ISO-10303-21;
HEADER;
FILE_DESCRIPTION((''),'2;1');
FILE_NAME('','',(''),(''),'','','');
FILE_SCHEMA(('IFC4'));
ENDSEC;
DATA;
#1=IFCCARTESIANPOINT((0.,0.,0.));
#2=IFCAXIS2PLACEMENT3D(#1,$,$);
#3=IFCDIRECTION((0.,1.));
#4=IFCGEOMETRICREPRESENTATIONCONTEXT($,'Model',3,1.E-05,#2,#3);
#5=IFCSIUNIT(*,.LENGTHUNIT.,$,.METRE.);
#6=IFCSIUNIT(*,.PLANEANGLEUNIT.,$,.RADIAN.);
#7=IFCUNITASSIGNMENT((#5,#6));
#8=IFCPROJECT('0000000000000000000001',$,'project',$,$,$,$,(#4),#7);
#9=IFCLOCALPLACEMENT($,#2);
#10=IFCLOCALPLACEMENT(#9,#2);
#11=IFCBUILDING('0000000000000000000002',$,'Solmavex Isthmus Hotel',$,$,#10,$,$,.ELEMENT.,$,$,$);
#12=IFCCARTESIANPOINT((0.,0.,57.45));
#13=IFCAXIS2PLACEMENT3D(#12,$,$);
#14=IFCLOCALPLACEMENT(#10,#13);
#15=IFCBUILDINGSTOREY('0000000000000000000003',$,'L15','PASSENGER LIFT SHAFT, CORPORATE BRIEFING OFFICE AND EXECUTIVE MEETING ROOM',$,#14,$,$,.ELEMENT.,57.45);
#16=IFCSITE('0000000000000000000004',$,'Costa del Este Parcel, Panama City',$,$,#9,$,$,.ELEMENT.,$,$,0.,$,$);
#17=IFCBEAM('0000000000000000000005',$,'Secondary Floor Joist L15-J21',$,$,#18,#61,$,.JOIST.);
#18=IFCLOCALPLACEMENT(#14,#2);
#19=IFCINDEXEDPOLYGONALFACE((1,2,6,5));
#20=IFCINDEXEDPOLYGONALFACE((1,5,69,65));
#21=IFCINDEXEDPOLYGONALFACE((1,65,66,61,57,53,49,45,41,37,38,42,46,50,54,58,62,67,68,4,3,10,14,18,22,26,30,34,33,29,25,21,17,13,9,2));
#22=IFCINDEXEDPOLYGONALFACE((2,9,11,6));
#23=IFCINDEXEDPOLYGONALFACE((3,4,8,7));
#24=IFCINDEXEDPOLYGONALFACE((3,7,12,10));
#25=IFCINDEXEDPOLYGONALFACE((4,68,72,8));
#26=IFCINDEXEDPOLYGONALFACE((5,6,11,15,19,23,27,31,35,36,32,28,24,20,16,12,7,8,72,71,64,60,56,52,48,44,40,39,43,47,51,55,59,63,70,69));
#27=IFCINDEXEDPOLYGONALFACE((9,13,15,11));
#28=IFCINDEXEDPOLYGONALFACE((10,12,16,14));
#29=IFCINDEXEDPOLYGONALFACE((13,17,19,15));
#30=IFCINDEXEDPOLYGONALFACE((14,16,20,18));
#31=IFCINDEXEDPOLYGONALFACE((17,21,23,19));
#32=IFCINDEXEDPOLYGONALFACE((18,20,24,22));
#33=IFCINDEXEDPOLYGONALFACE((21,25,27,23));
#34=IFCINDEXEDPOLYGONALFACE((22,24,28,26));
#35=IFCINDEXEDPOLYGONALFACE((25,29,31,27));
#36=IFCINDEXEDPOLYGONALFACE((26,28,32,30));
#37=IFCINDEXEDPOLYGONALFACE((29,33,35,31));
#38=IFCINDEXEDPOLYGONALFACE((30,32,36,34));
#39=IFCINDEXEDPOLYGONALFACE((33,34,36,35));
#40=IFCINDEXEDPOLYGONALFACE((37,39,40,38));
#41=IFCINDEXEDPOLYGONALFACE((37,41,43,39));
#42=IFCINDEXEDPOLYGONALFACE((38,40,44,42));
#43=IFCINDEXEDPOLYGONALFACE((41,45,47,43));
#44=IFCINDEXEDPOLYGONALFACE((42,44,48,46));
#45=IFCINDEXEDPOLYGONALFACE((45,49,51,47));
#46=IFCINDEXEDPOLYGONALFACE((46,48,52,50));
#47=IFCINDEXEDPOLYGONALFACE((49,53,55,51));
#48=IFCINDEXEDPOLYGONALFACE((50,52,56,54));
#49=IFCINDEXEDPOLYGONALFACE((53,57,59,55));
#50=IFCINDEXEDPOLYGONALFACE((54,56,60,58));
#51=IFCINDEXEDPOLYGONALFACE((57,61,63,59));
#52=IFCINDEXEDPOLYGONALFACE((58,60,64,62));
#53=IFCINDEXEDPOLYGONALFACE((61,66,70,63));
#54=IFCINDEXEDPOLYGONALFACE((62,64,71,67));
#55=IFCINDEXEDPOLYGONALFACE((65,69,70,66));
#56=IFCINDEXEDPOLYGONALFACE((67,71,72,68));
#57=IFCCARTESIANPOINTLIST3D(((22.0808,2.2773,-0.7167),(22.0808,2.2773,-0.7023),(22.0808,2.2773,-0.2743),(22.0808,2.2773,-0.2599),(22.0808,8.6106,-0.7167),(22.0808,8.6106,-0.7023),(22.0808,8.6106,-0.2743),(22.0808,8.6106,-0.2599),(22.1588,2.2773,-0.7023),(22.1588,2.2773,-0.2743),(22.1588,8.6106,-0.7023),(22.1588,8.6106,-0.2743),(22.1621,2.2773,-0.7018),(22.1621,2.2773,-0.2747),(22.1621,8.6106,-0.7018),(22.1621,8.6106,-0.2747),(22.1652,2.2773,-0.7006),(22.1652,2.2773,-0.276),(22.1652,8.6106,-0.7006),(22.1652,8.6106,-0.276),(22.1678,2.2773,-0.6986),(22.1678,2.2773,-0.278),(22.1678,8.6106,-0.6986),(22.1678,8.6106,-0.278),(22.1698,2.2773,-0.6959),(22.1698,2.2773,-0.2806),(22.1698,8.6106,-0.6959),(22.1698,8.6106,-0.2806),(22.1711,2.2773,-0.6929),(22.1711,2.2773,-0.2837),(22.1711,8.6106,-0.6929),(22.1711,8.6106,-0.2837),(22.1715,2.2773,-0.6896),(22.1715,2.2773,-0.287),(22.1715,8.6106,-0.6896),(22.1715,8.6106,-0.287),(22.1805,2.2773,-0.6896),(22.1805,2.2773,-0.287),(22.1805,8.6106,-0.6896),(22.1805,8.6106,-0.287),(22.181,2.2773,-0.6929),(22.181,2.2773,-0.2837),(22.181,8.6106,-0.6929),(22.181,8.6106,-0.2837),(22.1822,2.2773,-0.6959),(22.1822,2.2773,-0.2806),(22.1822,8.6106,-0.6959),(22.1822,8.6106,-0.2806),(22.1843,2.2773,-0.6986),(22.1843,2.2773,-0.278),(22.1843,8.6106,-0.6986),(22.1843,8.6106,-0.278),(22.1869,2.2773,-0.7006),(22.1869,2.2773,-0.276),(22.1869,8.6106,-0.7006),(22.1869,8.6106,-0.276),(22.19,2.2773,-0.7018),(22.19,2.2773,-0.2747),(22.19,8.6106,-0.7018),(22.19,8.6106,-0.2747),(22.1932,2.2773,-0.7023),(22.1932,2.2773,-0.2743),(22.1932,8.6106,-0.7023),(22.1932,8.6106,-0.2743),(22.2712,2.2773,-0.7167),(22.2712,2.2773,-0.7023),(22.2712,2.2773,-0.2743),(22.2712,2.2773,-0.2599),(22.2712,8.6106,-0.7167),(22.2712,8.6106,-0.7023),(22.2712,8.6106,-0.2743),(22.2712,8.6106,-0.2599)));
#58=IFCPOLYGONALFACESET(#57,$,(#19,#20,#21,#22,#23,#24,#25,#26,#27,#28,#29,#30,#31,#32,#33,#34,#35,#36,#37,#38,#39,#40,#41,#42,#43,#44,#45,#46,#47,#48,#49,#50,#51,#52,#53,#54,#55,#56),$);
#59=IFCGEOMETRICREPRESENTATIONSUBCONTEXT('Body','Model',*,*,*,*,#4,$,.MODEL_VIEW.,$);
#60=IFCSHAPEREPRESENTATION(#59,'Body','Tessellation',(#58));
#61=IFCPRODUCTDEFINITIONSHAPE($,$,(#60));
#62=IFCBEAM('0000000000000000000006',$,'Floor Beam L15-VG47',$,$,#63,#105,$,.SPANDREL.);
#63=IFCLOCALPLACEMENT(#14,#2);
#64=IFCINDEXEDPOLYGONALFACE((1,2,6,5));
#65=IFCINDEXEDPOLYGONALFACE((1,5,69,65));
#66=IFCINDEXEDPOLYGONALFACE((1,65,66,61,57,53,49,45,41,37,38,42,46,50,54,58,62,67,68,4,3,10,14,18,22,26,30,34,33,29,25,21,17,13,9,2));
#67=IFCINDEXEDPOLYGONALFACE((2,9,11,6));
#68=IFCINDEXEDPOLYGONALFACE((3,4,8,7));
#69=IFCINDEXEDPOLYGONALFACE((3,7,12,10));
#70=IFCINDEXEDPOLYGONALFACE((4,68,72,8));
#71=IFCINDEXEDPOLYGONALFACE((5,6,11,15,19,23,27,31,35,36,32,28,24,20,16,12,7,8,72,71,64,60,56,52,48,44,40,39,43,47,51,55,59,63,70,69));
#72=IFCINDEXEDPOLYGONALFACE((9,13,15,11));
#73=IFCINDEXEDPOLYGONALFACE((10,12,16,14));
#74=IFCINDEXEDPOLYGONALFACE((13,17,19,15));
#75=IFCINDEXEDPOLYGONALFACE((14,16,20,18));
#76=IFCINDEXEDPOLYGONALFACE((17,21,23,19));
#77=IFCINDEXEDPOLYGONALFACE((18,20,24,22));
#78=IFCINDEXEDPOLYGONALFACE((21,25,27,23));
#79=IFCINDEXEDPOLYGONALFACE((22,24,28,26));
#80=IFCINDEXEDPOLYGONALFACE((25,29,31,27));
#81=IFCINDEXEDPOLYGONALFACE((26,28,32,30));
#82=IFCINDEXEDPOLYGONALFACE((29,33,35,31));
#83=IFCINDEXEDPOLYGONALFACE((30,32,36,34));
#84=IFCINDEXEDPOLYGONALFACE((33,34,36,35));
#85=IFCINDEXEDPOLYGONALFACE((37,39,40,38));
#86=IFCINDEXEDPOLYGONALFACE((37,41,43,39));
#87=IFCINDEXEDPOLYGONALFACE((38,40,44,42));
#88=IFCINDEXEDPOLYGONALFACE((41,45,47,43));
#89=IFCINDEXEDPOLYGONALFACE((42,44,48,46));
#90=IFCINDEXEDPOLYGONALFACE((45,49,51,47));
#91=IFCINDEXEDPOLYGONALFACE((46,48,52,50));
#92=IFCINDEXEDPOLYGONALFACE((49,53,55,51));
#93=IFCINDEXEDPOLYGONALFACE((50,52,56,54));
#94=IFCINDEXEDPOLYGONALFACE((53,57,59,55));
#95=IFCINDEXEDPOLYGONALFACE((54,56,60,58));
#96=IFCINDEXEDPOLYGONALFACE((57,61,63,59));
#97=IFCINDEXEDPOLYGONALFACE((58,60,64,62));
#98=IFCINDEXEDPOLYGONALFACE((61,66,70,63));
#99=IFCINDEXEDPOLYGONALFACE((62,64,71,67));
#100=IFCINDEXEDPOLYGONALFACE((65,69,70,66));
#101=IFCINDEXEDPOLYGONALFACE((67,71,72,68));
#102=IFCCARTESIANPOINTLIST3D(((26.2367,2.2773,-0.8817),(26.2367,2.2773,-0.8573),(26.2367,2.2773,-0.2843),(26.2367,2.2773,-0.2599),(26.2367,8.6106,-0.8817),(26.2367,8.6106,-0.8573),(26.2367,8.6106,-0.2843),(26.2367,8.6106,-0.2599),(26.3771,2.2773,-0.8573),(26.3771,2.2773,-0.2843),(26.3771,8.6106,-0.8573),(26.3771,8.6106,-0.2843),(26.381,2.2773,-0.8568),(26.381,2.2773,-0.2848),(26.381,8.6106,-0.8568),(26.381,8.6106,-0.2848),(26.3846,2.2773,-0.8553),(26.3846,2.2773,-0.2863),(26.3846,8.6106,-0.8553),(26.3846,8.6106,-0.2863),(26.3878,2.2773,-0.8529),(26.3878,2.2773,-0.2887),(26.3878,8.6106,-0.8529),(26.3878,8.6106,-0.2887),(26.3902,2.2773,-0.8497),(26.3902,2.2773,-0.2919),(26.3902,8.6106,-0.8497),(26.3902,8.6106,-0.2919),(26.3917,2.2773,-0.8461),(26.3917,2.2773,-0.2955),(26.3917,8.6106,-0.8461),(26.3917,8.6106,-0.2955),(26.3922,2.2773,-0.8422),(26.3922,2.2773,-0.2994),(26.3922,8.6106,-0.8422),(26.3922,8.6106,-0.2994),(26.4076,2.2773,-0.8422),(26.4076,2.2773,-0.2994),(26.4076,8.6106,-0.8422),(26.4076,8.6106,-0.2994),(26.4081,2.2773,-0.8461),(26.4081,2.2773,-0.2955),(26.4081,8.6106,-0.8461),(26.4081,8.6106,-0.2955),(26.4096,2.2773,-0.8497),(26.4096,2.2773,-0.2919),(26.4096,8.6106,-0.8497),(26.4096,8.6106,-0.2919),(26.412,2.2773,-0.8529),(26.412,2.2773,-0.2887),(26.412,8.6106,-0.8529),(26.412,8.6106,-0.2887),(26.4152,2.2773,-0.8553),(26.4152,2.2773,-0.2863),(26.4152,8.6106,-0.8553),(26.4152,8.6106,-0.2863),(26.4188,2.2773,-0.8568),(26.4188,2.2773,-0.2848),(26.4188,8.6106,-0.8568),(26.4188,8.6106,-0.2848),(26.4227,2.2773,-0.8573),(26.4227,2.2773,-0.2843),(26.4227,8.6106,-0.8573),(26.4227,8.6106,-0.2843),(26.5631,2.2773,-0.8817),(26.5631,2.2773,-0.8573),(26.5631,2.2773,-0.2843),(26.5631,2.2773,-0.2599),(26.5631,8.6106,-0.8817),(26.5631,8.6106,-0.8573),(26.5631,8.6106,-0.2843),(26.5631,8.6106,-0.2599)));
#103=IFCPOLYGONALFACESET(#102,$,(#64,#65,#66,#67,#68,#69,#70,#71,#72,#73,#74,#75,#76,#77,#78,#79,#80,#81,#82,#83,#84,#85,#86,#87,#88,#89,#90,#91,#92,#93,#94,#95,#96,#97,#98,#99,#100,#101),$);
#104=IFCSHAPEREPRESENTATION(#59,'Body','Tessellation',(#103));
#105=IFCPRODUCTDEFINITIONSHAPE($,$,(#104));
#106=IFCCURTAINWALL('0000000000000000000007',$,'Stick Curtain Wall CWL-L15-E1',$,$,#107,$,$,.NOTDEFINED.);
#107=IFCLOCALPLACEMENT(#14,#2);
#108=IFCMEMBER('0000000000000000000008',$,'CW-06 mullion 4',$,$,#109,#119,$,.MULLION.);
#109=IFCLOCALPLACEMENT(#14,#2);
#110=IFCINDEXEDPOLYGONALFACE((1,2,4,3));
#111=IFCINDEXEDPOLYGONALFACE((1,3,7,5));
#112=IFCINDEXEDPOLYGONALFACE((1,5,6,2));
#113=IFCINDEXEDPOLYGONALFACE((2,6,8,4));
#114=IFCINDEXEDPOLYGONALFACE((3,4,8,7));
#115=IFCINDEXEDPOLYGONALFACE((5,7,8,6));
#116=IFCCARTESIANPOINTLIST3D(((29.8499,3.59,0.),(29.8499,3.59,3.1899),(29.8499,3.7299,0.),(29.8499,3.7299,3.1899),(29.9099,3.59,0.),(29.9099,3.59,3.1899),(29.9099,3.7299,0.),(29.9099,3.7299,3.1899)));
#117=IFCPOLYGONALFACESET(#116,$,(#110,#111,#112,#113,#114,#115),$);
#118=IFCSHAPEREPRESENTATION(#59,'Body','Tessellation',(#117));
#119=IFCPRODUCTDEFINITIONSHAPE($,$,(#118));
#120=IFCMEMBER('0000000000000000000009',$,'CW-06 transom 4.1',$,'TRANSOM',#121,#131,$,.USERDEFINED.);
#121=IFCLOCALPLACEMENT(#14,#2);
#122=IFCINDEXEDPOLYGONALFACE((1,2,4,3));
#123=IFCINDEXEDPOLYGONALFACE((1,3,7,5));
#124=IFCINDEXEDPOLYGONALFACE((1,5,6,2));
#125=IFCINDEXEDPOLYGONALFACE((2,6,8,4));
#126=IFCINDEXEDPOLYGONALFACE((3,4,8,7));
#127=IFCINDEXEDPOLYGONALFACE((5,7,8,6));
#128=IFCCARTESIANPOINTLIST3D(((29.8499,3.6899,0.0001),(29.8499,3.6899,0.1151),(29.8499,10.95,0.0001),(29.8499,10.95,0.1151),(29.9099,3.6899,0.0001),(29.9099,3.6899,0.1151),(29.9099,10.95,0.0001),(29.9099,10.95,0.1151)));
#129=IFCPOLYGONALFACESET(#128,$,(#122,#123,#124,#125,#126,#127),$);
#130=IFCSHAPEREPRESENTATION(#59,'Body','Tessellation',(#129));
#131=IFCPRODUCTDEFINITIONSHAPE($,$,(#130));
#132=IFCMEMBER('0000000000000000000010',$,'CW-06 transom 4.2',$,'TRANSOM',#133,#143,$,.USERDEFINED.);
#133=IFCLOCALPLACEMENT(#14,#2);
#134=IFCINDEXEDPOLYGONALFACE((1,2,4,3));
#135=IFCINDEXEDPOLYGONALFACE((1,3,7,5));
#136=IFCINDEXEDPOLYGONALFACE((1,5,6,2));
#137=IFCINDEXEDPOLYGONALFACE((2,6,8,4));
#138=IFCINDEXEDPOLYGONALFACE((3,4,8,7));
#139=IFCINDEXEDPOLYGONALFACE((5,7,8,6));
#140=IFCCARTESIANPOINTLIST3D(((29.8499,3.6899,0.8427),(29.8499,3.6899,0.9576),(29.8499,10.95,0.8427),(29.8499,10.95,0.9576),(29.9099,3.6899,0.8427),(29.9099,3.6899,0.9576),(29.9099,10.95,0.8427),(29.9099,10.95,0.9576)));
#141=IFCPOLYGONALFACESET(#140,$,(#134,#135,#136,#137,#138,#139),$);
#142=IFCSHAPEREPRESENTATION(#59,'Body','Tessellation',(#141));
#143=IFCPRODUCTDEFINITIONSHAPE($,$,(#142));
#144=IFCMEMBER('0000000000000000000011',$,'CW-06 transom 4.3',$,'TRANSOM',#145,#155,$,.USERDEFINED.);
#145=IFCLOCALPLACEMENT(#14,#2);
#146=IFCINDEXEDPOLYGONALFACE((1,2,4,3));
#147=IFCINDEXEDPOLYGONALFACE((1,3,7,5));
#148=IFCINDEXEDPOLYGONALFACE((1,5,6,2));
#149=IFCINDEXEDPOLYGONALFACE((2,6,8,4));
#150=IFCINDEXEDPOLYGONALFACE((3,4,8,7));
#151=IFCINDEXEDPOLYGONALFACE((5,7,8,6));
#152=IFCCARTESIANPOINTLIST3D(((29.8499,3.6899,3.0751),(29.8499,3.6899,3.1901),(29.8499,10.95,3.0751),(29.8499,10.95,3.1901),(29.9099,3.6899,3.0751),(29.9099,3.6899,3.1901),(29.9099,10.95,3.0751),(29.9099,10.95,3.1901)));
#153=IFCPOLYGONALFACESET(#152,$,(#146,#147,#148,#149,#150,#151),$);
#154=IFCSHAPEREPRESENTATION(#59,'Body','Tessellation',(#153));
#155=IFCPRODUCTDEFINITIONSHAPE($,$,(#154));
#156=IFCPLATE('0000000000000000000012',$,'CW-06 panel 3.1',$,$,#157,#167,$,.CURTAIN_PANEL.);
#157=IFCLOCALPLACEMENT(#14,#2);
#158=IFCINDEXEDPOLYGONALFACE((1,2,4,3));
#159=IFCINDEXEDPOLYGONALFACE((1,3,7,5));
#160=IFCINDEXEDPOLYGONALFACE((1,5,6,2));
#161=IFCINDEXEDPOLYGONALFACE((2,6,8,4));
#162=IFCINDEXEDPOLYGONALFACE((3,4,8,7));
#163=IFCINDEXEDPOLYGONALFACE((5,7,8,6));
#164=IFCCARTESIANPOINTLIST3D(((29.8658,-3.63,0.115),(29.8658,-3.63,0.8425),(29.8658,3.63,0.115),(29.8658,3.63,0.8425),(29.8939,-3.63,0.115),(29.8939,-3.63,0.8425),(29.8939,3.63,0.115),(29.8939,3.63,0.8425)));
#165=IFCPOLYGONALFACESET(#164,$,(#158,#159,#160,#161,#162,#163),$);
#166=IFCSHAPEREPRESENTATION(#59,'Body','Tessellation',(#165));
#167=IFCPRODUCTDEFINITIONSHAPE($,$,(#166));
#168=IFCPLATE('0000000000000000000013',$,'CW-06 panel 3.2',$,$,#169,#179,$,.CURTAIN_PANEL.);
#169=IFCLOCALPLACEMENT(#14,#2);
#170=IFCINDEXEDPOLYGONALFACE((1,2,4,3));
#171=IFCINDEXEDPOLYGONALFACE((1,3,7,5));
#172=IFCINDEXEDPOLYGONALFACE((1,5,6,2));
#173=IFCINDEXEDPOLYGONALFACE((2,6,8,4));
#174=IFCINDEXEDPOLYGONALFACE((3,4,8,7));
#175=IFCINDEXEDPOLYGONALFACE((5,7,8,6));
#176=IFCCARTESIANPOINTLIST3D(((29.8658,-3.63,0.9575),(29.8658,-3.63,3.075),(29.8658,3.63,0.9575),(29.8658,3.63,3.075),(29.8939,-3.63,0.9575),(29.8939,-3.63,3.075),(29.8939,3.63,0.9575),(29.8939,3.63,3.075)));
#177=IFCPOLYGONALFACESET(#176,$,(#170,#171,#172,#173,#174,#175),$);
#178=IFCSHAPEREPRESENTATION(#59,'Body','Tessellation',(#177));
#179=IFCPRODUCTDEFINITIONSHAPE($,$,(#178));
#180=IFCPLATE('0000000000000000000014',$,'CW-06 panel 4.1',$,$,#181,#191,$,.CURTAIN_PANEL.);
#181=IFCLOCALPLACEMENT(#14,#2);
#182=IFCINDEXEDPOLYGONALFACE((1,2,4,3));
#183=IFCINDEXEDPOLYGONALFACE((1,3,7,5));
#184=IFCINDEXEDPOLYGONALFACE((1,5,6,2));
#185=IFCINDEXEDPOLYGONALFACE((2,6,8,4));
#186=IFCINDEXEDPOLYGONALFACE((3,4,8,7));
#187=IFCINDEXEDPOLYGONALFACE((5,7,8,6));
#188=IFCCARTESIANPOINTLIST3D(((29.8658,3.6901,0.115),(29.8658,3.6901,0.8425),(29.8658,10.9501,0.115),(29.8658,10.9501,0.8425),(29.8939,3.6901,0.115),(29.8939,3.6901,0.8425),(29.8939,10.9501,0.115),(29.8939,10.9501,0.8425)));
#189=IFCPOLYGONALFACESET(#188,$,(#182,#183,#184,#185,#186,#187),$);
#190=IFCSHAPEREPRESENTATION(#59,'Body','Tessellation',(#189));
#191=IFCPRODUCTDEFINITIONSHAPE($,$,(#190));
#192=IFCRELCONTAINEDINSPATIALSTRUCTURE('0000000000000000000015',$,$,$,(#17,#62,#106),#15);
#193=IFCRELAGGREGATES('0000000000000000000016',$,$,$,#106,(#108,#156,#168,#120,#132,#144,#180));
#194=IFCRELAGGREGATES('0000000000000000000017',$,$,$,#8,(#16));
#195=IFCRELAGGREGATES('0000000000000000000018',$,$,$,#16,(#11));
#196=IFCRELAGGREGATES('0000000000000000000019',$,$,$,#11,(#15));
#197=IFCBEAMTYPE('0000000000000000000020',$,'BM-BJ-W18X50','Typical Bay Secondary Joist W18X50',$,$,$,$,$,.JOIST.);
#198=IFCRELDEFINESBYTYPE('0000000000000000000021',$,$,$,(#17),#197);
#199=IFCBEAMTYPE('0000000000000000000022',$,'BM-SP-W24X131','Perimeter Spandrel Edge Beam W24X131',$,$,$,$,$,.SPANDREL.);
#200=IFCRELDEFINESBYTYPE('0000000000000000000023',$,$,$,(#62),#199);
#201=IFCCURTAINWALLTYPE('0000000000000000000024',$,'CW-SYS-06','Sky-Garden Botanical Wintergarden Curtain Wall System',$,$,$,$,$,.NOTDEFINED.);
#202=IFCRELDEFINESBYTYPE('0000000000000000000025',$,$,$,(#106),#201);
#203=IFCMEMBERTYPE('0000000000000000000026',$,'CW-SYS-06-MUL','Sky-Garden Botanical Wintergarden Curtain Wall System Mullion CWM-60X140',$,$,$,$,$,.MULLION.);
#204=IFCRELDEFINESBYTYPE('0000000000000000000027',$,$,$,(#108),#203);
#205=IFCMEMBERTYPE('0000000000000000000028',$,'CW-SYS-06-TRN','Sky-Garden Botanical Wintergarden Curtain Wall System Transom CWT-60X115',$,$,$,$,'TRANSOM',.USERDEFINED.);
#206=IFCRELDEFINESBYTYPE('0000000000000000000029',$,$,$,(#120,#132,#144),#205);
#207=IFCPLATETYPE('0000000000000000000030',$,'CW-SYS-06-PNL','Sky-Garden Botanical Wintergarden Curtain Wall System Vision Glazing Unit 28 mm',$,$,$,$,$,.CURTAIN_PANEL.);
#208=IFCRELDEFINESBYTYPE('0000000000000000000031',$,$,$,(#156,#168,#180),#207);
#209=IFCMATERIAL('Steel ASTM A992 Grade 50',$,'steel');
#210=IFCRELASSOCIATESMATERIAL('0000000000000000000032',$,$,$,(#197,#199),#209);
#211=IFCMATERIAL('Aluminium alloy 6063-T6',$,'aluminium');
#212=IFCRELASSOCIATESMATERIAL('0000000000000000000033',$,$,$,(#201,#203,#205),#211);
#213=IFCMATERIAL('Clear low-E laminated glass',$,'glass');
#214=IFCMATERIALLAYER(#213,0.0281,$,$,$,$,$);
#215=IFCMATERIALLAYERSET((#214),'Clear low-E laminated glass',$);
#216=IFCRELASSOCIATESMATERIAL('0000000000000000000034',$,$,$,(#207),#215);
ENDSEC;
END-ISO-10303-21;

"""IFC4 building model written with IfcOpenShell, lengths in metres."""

from ifc_helpers import new_model, si_unit, direction, frame, origin, origin_2d, place, context, subcontext, project, spatial, rectangle, i_section, extrude, material, layer, layer_set, material_profile, profile_set, type_object, element, aggregate, save


model = new_model("IFC4")

# Units and contexts
model_context = context("Model", 3, precision=1e-05, world=origin(), true_north=direction((0.0, 1.0)))
body_context = subcontext(model_context, "Body", "Model", "MODEL_VIEW")
ifc_project = project(units=[si_unit("LENGTHUNIT", "METRE"), si_unit("PLANEANGLEUNIT", "RADIAN")], contexts=[model_context])

# Site, building, storey
site_placement = place(None, origin())
site = spatial("IfcSite", under=ifc_project, at=site_placement, Name="Costa del Este Parcel, Panama City", CompositionType="ELEMENT", RefElevation=0.0)
building_placement = place(site_placement, origin())
building = spatial("IfcBuilding", under=site, at=building_placement, Name="Solmavex Isthmus Hotel", CompositionType="ELEMENT")
storey_placement = place(building_placement, frame((0.0, 0.0, 57.45)))
storey = spatial("IfcBuildingStorey", under=building, at=storey_placement, Name="L15", Description="PASSENGER LIFT SHAFT, CORPORATE BRIEFING OFFICE AND EXECUTIVE MEETING ROOM", CompositionType="ELEMENT", Elevation=57.45)

# Beams
ifc_material_1 = material(Name="Steel ASTM A992 Grade 50", Category="steel")
ifc_material_profile_1 = material_profile(ifc_material_1, i_section(OverallWidth=0.1904, OverallDepth=0.4568, WebThickness=0.009, FlangeThickness=0.0144, FilletRadius=0.0127, at=origin_2d()), Name="W18X50")
ifc_profile_set_1 = profile_set([ifc_material_profile_1], Name="Steel ASTM A992 Grade 50")
beam_type_1 = type_object("IfcBeamType", Name="BM-BJ-W18X50", Description="Typical Bay Secondary Joist W18X50", PredefinedType="JOIST", material=ifc_profile_set_1)
beam_1_placement = place(storey_placement, frame((22.176, 2.2773, -0.4883), z_axis=(0.0, 1.0, 0.0), x_axis=(-1.0, 0.0, 0.0)))
element("IfcBeam", 1, at=beam_1_placement, inside=storey, type_object=beam_type_1, Name="Secondary Floor Joist L15-J21", PredefinedType="JOIST", context=body_context, shape_type="SweptSolid", body=[
    extrude(i_section(OverallWidth=0.1904, OverallDepth=0.4568, WebThickness=0.009, FlangeThickness=0.0144, FilletRadius=0.0127, at=origin_2d()), origin(), (0.0, 0.0, 1.0), 6.3333),
])
ifc_material_profile_2 = material_profile(ifc_material_1, i_section(OverallWidth=0.3264, OverallDepth=0.6218, WebThickness=0.0154, FlangeThickness=0.0244, FilletRadius=0.0151, at=origin_2d()), Name="W24X131")
ifc_profile_set_2 = profile_set([ifc_material_profile_2], Name="Steel ASTM A992 Grade 50")
beam_type_2 = type_object("IfcBeamType", Name="BM-SP-W24X131", Description="Perimeter Spandrel Edge Beam W24X131", PredefinedType="SPANDREL", material=ifc_profile_set_2)
beam_2_placement = place(storey_placement, frame((26.3999, 2.2773, -0.5708), z_axis=(0.0, 1.0, 0.0), x_axis=(-1.0, 0.0, 0.0)))
element("IfcBeam", 2, at=beam_2_placement, inside=storey, type_object=beam_type_2, Name="Floor Beam L15-VG47", PredefinedType="SPANDREL", context=body_context, shape_type="SweptSolid", body=[
    extrude(i_section(OverallWidth=0.3264, OverallDepth=0.6218, WebThickness=0.0154, FlangeThickness=0.0244, FilletRadius=0.0151, at=origin_2d()), origin(), (0.0, 0.0, 1.0), 6.3333),
])

# Curtain wall, members, plates
ifc_material_2 = material(Name="Aluminium alloy 6063-T6", Category="aluminium")
curtain_wall_type = type_object("IfcCurtainWallType", Name="CW-SYS-06", Description="Sky-Garden Botanical Wintergarden Curtain Wall System", PredefinedType="NOTDEFINED", material=ifc_material_2)
curtain_wall_placement = place(storey_placement, origin())
curtain_wall = element("IfcCurtainWall", 3, at=curtain_wall_placement, inside=storey, type_object=curtain_wall_type, Name="Stick Curtain Wall CWL-L15-E1", PredefinedType="NOTDEFINED")
ifc_material_profile_3 = material_profile(ifc_material_2, rectangle(XDim=0.0601, YDim=0.1399, at=origin_2d()), Name="CWM-60X140")
ifc_profile_set_3 = profile_set([ifc_material_profile_3], Name="Aluminium alloy 6063-T6")
member_type_1 = type_object("IfcMemberType", Name="CW-SYS-06-MUL", Description="Sky-Garden Botanical Wintergarden Curtain Wall System Mullion CWM-60X140", PredefinedType="MULLION", material=ifc_profile_set_3)
member_1_placement = place(storey_placement, frame((29.8799, 3.6599, 0.0), z_axis=(0.0, 0.0, 1.0), x_axis=(-1.0, 0.0, 0.0)))
member_1 = element("IfcMember", 4, at=member_1_placement, type_object=member_type_1, Name="CW-06 mullion 4", PredefinedType="MULLION", context=body_context, shape_type="SweptSolid", body=[
    extrude(rectangle(XDim=0.0601, YDim=0.1399, at=origin_2d()), origin(), (0.0, 0.0, 1.0), 3.1899),
])
ifc_material_profile_4 = material_profile(ifc_material_2, rectangle(XDim=0.0601, YDim=0.115, at=origin_2d()), Name="CWT-60X115")
ifc_profile_set_4 = profile_set([ifc_material_profile_4], Name="Aluminium alloy 6063-T6")
member_type_2 = type_object("IfcMemberType", Name="CW-SYS-06-TRN", Description="Sky-Garden Botanical Wintergarden Curtain Wall System Transom CWT-60X115", ElementType="TRANSOM", PredefinedType="USERDEFINED", material=ifc_profile_set_4)
member_2_placement = place(storey_placement, frame((29.8799, 3.6899, 0.0576), z_axis=(0.0, 1.0, 0.0), x_axis=(-1.0, 0.0, 0.0)))
member_2 = element("IfcMember", 5, at=member_2_placement, type_object=member_type_2, Name="CW-06 transom 4.1", ObjectType="TRANSOM", PredefinedType="USERDEFINED", context=body_context, shape_type="SweptSolid", body=[
    extrude(rectangle(XDim=0.0601, YDim=0.115, at=origin_2d()), origin(), (0.0, 0.0, 1.0), 7.26),
])
member_3_placement = place(storey_placement, frame((29.8799, 3.6899, 0.9001), z_axis=(0.0, 1.0, 0.0), x_axis=(-1.0, 0.0, 0.0)))
member_3 = element("IfcMember", 6, at=member_3_placement, type_object=member_type_2, Name="CW-06 transom 4.2", ObjectType="TRANSOM", PredefinedType="USERDEFINED", context=body_context, shape_type="SweptSolid", body=[
    extrude(rectangle(XDim=0.0601, YDim=0.115, at=origin_2d()), origin(), (0.0, 0.0, 1.0), 7.26),
])
member_4_placement = place(storey_placement, frame((29.8799, 3.6899, 3.1326), z_axis=(0.0, 1.0, 0.0), x_axis=(-1.0, 0.0, 0.0)))
member_4 = element("IfcMember", 7, at=member_4_placement, type_object=member_type_2, Name="CW-06 transom 4.3", ObjectType="TRANSOM", PredefinedType="USERDEFINED", context=body_context, shape_type="SweptSolid", body=[
    extrude(rectangle(XDim=0.0601, YDim=0.115, at=origin_2d()), origin(), (0.0, 0.0, 1.0), 7.26),
])
ifc_material_3 = material(Name="Clear low-E laminated glass", Category="glass")
ifc_layer_1 = layer(ifc_material_3, 0.0281)
ifc_layer_set_1 = layer_set([ifc_layer_1], Name="Clear low-E laminated glass")
plate_type = type_object("IfcPlateType", Name="CW-SYS-06-PNL", Description="Sky-Garden Botanical Wintergarden Curtain Wall System Vision Glazing Unit 28 mm", PredefinedType="CURTAIN_PANEL", material=ifc_layer_set_1)
plate_1_placement = place(storey_placement, frame((29.8799, 0.0, 0.115), z_axis=(0.0, 0.0, 1.0), x_axis=(0.0, 1.0, 0.0)))
plate_1 = element("IfcPlate", 8, at=plate_1_placement, type_object=plate_type, Name="CW-06 panel 3.1", PredefinedType="CURTAIN_PANEL", context=body_context, shape_type="SweptSolid", body=[
    extrude(rectangle(XDim=7.26, YDim=0.0281, at=origin_2d()), origin(), (0.0, 0.0, 1.0), 0.7275),
])
plate_2_placement = place(storey_placement, frame((29.8799, 0.0, 0.9575), z_axis=(0.0, 0.0, 1.0), x_axis=(0.0, 1.0, 0.0)))
plate_2 = element("IfcPlate", 9, at=plate_2_placement, type_object=plate_type, Name="CW-06 panel 3.2", PredefinedType="CURTAIN_PANEL", context=body_context, shape_type="SweptSolid", body=[
    extrude(rectangle(XDim=7.26, YDim=0.0281, at=origin_2d()), origin(), (0.0, 0.0, 1.0), 2.1174),
])
plate_3_placement = place(storey_placement, frame((29.8799, 7.3201, 0.115), z_axis=(0.0, 0.0, 1.0), x_axis=(0.0, 1.0, 0.0)))
plate_3 = element("IfcPlate", 10, at=plate_3_placement, type_object=plate_type, Name="CW-06 panel 4.1", PredefinedType="CURTAIN_PANEL", context=body_context, shape_type="SweptSolid", body=[
    extrude(rectangle(XDim=7.26, YDim=0.0281, at=origin_2d()), origin(), (0.0, 0.0, 1.0), 0.7275),
])
aggregate(curtain_wall, [member_1, plate_1, plate_2, member_2, member_3, member_4, plate_3])

save(model, "model.ifc")
